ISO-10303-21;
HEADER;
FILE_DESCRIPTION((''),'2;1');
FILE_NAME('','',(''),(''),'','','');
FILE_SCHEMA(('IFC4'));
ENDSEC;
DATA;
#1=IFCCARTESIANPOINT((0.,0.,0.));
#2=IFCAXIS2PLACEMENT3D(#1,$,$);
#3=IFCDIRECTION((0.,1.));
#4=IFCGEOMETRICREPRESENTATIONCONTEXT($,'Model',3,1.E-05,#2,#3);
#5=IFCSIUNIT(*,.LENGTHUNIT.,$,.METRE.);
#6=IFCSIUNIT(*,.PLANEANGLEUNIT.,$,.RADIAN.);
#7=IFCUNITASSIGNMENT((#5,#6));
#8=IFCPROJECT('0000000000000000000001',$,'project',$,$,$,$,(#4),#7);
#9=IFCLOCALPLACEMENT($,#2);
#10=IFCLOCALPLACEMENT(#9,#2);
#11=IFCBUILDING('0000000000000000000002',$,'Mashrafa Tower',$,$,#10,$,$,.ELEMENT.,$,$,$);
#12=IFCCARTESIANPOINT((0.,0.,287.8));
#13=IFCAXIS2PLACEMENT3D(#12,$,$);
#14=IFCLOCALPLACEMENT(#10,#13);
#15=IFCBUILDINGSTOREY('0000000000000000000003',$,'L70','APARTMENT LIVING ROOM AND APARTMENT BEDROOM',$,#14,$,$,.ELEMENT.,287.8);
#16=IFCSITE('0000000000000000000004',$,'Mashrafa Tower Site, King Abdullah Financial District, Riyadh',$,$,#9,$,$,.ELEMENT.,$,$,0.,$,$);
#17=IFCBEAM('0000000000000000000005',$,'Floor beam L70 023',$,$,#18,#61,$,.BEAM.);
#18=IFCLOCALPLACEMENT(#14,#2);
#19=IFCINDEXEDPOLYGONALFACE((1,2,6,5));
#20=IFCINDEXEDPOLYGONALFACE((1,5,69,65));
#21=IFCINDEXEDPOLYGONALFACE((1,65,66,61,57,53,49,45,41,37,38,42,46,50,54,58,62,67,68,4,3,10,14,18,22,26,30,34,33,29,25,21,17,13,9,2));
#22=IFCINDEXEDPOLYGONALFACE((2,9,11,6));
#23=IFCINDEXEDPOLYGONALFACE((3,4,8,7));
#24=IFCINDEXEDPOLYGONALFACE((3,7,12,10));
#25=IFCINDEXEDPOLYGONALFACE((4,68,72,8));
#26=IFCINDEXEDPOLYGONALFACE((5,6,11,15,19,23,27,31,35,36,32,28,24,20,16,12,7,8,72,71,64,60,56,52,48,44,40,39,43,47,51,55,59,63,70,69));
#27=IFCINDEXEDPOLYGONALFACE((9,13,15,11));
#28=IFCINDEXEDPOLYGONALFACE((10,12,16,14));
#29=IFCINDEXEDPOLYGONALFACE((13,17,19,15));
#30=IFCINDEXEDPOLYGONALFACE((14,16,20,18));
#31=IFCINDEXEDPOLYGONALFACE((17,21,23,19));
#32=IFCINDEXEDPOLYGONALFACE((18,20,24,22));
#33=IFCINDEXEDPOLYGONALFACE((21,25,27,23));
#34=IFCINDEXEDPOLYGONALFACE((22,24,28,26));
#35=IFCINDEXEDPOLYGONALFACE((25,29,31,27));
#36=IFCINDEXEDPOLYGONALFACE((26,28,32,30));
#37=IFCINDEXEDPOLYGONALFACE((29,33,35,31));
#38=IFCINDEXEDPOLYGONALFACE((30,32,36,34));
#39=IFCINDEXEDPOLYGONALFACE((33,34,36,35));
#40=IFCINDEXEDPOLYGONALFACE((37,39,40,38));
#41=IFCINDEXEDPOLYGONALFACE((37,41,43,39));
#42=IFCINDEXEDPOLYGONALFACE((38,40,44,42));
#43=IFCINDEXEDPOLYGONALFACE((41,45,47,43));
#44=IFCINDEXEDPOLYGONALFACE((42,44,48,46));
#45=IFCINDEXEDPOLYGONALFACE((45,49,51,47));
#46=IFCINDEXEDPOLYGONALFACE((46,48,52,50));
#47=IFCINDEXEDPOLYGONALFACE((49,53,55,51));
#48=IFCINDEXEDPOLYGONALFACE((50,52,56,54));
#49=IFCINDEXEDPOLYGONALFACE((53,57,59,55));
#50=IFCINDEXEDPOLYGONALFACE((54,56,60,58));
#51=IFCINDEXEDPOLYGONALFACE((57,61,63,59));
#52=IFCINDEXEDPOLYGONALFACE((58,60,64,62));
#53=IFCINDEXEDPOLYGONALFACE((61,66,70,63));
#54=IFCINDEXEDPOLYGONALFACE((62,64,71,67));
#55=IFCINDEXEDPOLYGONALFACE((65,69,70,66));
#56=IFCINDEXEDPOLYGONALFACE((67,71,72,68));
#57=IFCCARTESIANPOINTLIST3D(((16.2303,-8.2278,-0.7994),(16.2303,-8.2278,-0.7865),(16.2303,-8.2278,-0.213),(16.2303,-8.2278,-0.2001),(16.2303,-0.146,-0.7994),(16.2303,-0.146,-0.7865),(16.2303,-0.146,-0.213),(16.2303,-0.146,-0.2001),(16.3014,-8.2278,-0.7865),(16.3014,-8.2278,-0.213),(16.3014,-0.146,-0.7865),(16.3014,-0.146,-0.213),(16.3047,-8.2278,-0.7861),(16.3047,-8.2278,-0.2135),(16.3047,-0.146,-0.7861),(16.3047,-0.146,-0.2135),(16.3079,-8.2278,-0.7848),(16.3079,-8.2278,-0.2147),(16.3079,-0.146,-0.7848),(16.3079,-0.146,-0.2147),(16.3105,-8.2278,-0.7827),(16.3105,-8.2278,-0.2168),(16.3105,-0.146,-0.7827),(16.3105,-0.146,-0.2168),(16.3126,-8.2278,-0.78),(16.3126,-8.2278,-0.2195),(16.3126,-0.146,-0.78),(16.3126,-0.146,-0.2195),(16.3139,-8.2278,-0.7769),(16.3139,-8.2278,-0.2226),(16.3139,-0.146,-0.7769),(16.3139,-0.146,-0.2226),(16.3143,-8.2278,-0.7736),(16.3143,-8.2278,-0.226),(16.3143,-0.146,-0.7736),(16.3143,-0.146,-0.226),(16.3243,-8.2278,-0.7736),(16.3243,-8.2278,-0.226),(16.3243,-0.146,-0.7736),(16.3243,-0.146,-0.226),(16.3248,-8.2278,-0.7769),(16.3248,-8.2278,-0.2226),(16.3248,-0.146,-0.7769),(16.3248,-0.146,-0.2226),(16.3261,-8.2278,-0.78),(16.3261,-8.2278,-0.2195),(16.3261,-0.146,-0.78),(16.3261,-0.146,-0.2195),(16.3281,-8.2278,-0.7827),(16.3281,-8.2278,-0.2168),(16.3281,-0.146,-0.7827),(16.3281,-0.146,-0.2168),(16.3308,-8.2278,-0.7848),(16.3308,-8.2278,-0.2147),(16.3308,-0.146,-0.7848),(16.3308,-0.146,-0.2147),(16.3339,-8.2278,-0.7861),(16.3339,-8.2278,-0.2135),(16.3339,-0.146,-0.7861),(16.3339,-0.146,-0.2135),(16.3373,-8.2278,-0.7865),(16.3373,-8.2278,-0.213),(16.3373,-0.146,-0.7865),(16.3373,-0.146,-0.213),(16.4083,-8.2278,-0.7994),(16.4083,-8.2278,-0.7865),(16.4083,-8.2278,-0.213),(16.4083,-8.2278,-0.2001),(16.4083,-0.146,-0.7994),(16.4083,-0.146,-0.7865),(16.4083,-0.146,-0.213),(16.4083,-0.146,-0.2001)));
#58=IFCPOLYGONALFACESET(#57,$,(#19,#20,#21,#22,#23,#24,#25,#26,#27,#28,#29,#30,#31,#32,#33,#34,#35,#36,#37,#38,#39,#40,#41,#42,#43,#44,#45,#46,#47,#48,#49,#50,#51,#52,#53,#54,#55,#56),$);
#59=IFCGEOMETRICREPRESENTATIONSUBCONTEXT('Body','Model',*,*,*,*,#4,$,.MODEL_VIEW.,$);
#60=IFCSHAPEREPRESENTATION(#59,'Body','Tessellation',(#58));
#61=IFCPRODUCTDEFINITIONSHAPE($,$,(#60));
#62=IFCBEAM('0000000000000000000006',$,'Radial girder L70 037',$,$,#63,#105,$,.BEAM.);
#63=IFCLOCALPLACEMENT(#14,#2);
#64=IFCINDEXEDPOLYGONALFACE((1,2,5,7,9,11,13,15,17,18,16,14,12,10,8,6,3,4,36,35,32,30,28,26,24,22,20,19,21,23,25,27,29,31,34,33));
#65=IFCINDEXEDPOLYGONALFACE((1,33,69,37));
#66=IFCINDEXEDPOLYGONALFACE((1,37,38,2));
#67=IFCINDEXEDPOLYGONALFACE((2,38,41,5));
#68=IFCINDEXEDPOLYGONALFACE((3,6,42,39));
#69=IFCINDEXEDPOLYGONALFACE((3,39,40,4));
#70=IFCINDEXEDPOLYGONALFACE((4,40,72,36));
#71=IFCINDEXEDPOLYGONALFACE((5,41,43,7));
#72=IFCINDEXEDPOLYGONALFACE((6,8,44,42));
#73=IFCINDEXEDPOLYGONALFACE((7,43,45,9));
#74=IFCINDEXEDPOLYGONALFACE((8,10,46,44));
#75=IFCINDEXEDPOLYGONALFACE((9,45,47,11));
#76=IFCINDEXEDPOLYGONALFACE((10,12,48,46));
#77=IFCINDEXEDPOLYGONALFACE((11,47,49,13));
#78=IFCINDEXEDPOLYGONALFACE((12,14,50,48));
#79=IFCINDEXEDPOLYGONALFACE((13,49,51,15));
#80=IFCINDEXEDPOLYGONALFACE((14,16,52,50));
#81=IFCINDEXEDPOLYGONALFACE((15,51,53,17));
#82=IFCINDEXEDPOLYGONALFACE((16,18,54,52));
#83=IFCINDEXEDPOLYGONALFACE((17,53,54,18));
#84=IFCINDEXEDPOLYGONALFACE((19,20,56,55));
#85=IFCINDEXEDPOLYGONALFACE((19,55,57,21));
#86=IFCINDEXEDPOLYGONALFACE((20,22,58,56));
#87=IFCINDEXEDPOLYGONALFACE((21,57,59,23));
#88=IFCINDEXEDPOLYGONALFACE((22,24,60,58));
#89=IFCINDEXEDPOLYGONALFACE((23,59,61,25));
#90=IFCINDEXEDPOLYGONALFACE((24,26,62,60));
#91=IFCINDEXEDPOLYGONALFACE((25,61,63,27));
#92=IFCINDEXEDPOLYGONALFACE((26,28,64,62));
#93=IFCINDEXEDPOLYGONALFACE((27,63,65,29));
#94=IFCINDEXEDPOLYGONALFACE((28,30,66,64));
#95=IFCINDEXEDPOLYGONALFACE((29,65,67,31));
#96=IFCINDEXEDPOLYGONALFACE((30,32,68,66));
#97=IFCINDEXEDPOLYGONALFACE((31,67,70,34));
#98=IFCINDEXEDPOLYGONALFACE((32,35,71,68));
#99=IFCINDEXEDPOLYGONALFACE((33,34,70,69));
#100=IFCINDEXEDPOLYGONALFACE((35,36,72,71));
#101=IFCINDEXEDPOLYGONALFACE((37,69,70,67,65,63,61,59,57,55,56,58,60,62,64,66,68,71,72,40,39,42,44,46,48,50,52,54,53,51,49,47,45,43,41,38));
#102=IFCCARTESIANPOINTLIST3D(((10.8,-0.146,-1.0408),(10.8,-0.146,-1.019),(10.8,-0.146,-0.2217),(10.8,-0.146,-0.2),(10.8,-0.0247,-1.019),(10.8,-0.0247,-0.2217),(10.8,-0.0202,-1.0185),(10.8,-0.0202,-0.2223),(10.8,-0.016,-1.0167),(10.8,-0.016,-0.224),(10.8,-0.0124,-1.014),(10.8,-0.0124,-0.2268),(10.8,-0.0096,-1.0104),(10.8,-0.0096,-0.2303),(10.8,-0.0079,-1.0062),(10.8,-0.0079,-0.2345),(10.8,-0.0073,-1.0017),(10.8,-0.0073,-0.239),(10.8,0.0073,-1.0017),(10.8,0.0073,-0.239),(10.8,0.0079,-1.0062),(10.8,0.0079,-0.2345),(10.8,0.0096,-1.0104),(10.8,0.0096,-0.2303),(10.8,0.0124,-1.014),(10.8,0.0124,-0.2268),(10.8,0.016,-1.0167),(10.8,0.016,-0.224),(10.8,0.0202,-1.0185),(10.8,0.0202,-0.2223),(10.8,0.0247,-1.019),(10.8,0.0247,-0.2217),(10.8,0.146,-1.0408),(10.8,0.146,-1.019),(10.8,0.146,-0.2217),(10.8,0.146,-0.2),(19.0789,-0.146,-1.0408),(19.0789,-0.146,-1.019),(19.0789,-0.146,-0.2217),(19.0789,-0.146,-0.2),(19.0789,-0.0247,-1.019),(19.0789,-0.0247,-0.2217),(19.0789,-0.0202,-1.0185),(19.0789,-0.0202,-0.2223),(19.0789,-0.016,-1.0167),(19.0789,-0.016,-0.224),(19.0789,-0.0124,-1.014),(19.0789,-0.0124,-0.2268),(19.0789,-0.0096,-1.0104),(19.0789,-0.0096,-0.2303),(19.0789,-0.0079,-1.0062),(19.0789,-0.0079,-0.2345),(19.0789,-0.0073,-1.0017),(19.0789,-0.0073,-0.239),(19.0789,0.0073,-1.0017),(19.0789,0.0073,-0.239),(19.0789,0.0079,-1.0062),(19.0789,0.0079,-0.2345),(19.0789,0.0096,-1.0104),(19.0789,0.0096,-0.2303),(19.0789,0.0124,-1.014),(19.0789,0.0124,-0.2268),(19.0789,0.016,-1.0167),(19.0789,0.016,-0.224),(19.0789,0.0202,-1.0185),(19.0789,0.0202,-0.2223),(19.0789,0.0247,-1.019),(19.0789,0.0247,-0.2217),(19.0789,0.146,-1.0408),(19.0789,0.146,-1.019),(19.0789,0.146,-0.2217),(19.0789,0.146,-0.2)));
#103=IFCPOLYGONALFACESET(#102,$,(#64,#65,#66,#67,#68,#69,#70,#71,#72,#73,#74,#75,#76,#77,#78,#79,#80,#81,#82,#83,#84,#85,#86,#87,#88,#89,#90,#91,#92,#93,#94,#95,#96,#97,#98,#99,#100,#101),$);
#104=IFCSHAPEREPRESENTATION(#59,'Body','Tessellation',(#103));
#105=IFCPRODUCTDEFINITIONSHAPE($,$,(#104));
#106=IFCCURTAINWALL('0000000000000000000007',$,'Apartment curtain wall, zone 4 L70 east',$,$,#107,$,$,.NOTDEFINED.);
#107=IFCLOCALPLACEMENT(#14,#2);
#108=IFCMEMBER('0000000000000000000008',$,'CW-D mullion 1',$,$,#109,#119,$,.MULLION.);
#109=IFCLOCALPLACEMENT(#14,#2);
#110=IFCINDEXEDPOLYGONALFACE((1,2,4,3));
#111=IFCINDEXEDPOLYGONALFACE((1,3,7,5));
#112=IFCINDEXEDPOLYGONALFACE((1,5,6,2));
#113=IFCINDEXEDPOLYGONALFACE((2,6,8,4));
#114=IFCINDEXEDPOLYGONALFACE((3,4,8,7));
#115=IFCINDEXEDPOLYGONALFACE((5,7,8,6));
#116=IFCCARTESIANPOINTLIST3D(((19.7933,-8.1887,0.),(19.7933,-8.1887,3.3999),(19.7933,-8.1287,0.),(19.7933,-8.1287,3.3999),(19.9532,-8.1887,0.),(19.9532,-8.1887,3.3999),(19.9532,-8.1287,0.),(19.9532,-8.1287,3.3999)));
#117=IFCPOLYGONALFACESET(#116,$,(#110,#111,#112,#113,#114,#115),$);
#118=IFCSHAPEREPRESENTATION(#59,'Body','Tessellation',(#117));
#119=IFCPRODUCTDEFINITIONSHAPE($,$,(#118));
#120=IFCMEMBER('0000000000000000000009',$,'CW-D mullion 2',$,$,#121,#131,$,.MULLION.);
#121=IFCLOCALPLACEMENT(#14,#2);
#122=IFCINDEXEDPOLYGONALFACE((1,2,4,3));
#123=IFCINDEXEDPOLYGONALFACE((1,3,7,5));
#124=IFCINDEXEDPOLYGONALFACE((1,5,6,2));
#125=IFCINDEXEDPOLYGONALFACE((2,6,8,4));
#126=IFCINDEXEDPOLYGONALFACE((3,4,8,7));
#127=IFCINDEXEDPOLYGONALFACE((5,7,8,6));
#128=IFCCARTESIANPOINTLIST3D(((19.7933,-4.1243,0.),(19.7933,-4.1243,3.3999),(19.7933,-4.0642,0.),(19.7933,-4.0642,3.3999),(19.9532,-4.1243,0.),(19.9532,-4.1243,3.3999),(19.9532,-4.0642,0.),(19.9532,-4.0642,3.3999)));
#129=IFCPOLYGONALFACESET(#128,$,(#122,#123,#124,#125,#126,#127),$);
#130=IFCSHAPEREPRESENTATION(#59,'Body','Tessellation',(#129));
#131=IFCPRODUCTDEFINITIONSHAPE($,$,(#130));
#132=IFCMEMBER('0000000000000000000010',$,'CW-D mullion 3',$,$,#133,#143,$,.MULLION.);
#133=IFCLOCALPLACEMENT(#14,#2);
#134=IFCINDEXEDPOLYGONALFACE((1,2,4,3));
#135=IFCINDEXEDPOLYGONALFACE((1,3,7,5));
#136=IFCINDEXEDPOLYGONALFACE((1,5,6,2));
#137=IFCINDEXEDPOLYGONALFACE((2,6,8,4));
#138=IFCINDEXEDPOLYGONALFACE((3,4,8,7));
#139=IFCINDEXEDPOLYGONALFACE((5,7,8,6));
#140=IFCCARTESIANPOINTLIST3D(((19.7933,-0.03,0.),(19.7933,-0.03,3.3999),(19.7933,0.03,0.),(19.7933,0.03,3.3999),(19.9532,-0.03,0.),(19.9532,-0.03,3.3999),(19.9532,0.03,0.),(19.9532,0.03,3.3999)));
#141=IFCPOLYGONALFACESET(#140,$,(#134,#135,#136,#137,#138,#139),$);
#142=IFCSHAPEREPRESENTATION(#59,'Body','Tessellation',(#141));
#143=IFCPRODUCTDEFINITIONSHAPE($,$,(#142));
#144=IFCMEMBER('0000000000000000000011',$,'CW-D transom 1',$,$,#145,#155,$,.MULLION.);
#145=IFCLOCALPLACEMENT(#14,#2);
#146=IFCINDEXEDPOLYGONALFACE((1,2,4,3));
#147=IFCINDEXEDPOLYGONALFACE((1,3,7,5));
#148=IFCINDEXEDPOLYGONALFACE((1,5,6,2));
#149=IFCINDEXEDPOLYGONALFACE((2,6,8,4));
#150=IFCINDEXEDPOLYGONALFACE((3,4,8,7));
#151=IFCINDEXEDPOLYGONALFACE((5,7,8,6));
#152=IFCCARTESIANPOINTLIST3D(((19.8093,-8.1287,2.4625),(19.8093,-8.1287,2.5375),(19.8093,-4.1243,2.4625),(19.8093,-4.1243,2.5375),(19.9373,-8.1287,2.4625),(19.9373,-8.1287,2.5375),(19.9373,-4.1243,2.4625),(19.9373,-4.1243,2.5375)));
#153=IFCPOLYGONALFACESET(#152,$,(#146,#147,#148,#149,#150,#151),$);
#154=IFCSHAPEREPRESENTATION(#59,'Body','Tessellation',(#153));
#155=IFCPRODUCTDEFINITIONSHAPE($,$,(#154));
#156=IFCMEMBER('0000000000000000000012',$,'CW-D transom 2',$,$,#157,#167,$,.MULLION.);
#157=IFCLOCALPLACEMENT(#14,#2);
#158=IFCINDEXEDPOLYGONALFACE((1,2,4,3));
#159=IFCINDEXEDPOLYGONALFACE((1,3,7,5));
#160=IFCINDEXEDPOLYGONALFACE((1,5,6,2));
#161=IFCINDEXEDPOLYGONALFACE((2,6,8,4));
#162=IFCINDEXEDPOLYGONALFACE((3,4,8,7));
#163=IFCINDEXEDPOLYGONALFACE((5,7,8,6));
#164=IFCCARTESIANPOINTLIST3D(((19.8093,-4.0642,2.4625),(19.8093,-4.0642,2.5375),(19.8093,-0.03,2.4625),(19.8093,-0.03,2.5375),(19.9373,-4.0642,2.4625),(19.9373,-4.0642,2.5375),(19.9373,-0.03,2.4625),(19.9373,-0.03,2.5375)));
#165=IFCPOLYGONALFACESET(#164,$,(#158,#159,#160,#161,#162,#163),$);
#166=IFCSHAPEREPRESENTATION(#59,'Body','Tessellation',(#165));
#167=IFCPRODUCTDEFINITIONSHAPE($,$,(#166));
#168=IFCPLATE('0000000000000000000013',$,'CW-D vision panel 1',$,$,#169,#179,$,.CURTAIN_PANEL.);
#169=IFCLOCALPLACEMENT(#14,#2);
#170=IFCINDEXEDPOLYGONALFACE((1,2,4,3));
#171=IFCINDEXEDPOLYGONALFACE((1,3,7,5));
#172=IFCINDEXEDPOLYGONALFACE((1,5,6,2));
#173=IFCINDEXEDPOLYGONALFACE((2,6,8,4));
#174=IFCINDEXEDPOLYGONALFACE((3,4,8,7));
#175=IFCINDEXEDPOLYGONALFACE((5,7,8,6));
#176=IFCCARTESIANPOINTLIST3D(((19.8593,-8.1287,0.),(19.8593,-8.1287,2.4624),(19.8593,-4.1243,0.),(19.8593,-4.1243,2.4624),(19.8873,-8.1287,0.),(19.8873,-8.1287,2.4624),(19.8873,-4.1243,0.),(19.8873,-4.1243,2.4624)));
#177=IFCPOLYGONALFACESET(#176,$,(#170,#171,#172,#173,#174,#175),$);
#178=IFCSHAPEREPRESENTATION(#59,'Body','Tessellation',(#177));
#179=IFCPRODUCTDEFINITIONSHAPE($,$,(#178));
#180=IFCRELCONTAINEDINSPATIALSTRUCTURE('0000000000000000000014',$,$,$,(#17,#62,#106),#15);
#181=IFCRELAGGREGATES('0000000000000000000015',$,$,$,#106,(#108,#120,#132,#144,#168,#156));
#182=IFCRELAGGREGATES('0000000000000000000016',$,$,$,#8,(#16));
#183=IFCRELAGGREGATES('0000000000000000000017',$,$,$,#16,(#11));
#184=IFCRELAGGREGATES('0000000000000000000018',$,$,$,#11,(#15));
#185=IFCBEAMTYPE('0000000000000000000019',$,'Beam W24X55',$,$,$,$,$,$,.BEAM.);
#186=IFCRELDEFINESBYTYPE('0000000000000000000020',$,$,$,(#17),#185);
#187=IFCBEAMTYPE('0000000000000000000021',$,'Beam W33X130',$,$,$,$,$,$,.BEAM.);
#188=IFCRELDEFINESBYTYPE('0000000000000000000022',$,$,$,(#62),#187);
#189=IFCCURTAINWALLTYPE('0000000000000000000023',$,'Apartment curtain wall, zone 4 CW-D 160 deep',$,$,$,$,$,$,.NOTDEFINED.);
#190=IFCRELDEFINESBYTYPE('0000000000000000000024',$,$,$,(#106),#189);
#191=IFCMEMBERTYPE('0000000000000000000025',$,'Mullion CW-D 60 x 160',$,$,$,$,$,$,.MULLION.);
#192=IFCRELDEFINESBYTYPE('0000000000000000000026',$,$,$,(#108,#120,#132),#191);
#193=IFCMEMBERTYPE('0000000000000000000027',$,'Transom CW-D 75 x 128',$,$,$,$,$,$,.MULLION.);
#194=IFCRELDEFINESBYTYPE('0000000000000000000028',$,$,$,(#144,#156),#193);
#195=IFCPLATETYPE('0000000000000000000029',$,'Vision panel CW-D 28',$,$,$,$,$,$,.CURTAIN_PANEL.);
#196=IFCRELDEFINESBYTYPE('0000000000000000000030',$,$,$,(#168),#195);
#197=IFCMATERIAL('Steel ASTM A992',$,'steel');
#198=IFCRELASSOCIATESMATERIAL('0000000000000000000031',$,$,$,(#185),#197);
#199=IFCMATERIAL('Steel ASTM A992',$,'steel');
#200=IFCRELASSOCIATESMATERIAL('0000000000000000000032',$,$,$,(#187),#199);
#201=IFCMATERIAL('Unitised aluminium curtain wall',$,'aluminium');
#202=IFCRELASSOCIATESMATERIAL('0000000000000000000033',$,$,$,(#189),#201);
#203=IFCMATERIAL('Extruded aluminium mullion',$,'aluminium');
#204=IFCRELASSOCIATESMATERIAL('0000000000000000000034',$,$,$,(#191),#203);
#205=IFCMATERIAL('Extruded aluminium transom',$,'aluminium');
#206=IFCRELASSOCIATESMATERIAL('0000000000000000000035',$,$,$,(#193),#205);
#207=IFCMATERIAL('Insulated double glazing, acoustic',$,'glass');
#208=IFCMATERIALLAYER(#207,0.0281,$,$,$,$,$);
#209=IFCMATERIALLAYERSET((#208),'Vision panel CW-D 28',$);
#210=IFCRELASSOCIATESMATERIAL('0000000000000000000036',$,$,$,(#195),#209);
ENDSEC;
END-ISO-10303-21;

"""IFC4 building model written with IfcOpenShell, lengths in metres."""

from ifc_helpers import new_model, si_unit, direction, frame, origin, origin_2d, place, context, subcontext, project, spatial, rectangle, i_section, extrude, source, transform, mapped, material, layer, layer_set, material_profile, profile_set, type_object, type_shapes, element, aggregate, save


model = new_model("IFC4")

# Units and contexts
model_context = context("Model", 3, precision=1e-05, world=origin(), true_north=direction((0.0, 1.0)))
body_context = subcontext(model_context, "Body", "Model", "MODEL_VIEW")
ifc_project = project(units=[si_unit("LENGTHUNIT", "METRE"), si_unit("PLANEANGLEUNIT", "RADIAN")], contexts=[model_context])

# Site, building, storey
site_placement = place(None, origin())
site = spatial("IfcSite", under=ifc_project, at=site_placement, Name="Mashrafa Tower Site, King Abdullah Financial District, Riyadh", CompositionType="ELEMENT", RefElevation=0.0)
building_placement = place(site_placement, origin())
building = spatial("IfcBuilding", under=site, at=building_placement, Name="Mashrafa Tower", CompositionType="ELEMENT")
storey_placement = place(building_placement, frame((0.0, 0.0, 287.8)))
storey = spatial("IfcBuildingStorey", under=building, at=storey_placement, Name="L70", Description="APARTMENT LIVING ROOM AND APARTMENT BEDROOM", CompositionType="ELEMENT", Elevation=287.8)

# Beams
ifc_material_1 = material(Name="Steel ASTM A992", Category="steel")
ifc_material_profile_1 = material_profile(ifc_material_1, i_section(OverallWidth=0.178, OverallDepth=0.5994, WebThickness=0.01, FlangeThickness=0.0129, FilletRadius=0.0129, at=origin_2d()), Name="W24X55")
ifc_profile_set_1 = profile_set([ifc_material_profile_1], Name="Steel ASTM A992")
beam_type_1 = type_object("IfcBeamType", Name="Beam W24X55", PredefinedType="BEAM", material=ifc_profile_set_1)
beam_1_placement = place(storey_placement, frame((16.3193, -0.146, -0.4998), z_axis=(0.0, -1.0, 0.0), x_axis=(1.0, 0.0, 0.0)))
element("IfcBeam", 1, at=beam_1_placement, inside=storey, type_object=beam_type_1, Name="Floor beam L70 023", PredefinedType="BEAM", context=body_context, shape_type="SweptSolid", body=[
    extrude(i_section(OverallWidth=0.178, OverallDepth=0.5994, WebThickness=0.01, FlangeThickness=0.0129, FilletRadius=0.0129, at=origin_2d()), origin(), (0.0, 0.0, 1.0), 8.0818),
])
ifc_material_2 = material(Name="Steel ASTM A992", Category="steel")
ifc_material_profile_2 = material_profile(ifc_material_2, i_section(OverallWidth=0.292, OverallDepth=0.8408, WebThickness=0.0146, FlangeThickness=0.0217, FilletRadius=0.0173, at=origin_2d()), Name="W33X130")
ifc_profile_set_2 = profile_set([ifc_material_profile_2], Name="Steel ASTM A992")
beam_type_2 = type_object("IfcBeamType", Name="Beam W33X130", PredefinedType="BEAM", material=ifc_profile_set_2)
beam_2_placement = place(storey_placement, frame((10.8, 0.0, -0.6204), z_axis=(1.0, 0.0, 0.0), x_axis=(0.0, 1.0, 0.0)))
element("IfcBeam", 2, at=beam_2_placement, inside=storey, type_object=beam_type_2, Name="Radial girder L70 037", PredefinedType="BEAM", context=body_context, shape_type="SweptSolid", body=[
    extrude(i_section(OverallWidth=0.292, OverallDepth=0.8408, WebThickness=0.0146, FlangeThickness=0.0217, FilletRadius=0.0173, at=origin_2d()), origin(), (0.0, 0.0, 1.0), 8.2788),
])

# Curtain wall, members, plate
ifc_material_3 = material(Name="Unitised aluminium curtain wall", Category="aluminium")
curtain_wall_type = type_object("IfcCurtainWallType", Name="Apartment curtain wall, zone 4 CW-D 160 deep", PredefinedType="NOTDEFINED", material=ifc_material_3)
curtain_wall_placement = place(storey_placement, origin())
curtain_wall = element("IfcCurtainWall", 3, at=curtain_wall_placement, inside=storey, type_object=curtain_wall_type, Name="Apartment curtain wall, zone 4 L70 east", PredefinedType="NOTDEFINED")
ifc_material_4 = material(Name="Extruded aluminium mullion", Category="aluminium")
ifc_material_profile_3 = material_profile(ifc_material_4, rectangle(XDim=0.1599, YDim=0.0601, at=origin_2d()), Name="Mullion 60x160")
ifc_profile_set_3 = profile_set([ifc_material_profile_3], Name="Extruded aluminium mullion")
member_type_1 = type_object("IfcMemberType", Name="Mullion CW-D 60 x 160", PredefinedType="MULLION", material=ifc_profile_set_3)
shared_shape_1 = source(origin(), body_context, "Body", "SweptSolid", [
    extrude(rectangle(XDim=0.1599, YDim=0.0601, at=origin_2d()), origin(), (0.0, 0.0, 1.0), 3.3999),
])
type_shapes(member_type_1, [shared_shape_1])
member_1_placement = place(storey_placement, frame((19.8733, -8.1587, 0.0), z_axis=(0.0, 0.0, 1.0), x_axis=(-1.0, 0.0, 0.0)))
member_1 = element("IfcMember", 4, at=member_1_placement, type_object=member_type_1, Name="CW-D mullion 1", PredefinedType="MULLION", context=body_context, shape_type="MappedRepresentation", body=[
    mapped(shared_shape_1, transform((0.0, 0.0, 0.0))),
])
member_2_placement = place(storey_placement, frame((19.8733, -4.0942, 0.0), z_axis=(0.0, 0.0, 1.0), x_axis=(-1.0, 0.0, 0.0)))
member_2 = element("IfcMember", 5, at=member_2_placement, type_object=member_type_1, Name="CW-D mullion 2", PredefinedType="MULLION", context=body_context, shape_type="MappedRepresentation", body=[
    mapped(shared_shape_1, transform((0.0, 0.0, 0.0))),
])
member_3_placement = place(storey_placement, frame((19.8733, 0.0, 0.0), z_axis=(0.0, 0.0, 1.0), x_axis=(-1.0, 0.0, 0.0)))
member_3 = element("IfcMember", 6, at=member_3_placement, type_object=member_type_1, Name="CW-D mullion 3", PredefinedType="MULLION", context=body_context, shape_type="MappedRepresentation", body=[
    mapped(shared_shape_1, transform((0.0, 0.0, 0.0))),
])
ifc_material_5 = material(Name="Extruded aluminium transom", Category="aluminium")
ifc_material_profile_4 = material_profile(ifc_material_5, rectangle(XDim=0.1279, YDim=0.075, at=origin_2d()), Name="Transom 75x128")
ifc_profile_set_4 = profile_set([ifc_material_profile_4], Name="Extruded aluminium transom")
member_type_2 = type_object("IfcMemberType", Name="Transom CW-D 75 x 128", PredefinedType="MULLION", material=ifc_profile_set_4)
shared_shape_2 = source(origin(), body_context, "Body", "SweptSolid", [
    extrude(rectangle(XDim=0.1279, YDim=0.075, at=origin_2d()), origin(), (0.0, 0.0, 1.0), 4.0044),
])
member_4_placement = place(storey_placement, frame((19.8733, -8.1287, 2.5), z_axis=(0.0, 1.0, 0.0), x_axis=(-1.0, 0.0, 0.0)))
member_4 = element("IfcMember", 7, at=member_4_placement, type_object=member_type_2, Name="CW-D transom 1", PredefinedType="MULLION", context=body_context, shape_type="MappedRepresentation", body=[
    mapped(shared_shape_2, transform((0.0, 0.0, 0.0))),
])
shared_shape_3 = source(origin(), body_context, "Body", "SweptSolid", [
    extrude(rectangle(XDim=0.1279, YDim=0.075, at=origin_2d()), origin(), (0.0, 0.0, 1.0), 4.0342),
])
type_shapes(member_type_2, [shared_shape_2, shared_shape_3])
member_5_placement = place(storey_placement, frame((19.8733, -4.0642, 2.5), z_axis=(0.0, 1.0, 0.0), x_axis=(-1.0, 0.0, 0.0)))
member_5 = element("IfcMember", 8, at=member_5_placement, type_object=member_type_2, Name="CW-D transom 2", PredefinedType="MULLION", context=body_context, shape_type="MappedRepresentation", body=[
    mapped(shared_shape_3, transform((0.0, 0.0, 0.0))),
])
ifc_material_6 = material(Name="Insulated double glazing, acoustic", Category="glass")
ifc_layer_1 = layer(ifc_material_6, 0.0281)
ifc_layer_set_1 = layer_set([ifc_layer_1], Name="Vision panel CW-D 28")
plate_type_1 = type_object("IfcPlateType", Name="Vision panel CW-D 28", PredefinedType="CURTAIN_PANEL", material=ifc_layer_set_1)
shared_shape_4 = source(origin(), body_context, "Body", "SweptSolid", [
    extrude(rectangle(XDim=4.0044, YDim=0.0281, at=origin_2d()), origin(), (0.0, 0.0, 1.0), 2.4624),
])
plate_1_placement = place(storey_placement, frame((19.8733, -6.1265, 0.0), z_axis=(0.0, 0.0, 1.0), x_axis=(0.0, 1.0, 0.0)))
plate_1 = element("IfcPlate", 9, at=plate_1_placement, type_object=plate_type_1, Name="CW-D vision panel 1", PredefinedType="CURTAIN_PANEL", context=body_context, shape_type="MappedRepresentation", body=[
    mapped(shared_shape_4, transform((0.0, 0.0, 0.0))),
])
aggregate(curtain_wall, [member_1, member_2, member_3, member_4, plate_1, member_5])

save(model, "model.ifc")
